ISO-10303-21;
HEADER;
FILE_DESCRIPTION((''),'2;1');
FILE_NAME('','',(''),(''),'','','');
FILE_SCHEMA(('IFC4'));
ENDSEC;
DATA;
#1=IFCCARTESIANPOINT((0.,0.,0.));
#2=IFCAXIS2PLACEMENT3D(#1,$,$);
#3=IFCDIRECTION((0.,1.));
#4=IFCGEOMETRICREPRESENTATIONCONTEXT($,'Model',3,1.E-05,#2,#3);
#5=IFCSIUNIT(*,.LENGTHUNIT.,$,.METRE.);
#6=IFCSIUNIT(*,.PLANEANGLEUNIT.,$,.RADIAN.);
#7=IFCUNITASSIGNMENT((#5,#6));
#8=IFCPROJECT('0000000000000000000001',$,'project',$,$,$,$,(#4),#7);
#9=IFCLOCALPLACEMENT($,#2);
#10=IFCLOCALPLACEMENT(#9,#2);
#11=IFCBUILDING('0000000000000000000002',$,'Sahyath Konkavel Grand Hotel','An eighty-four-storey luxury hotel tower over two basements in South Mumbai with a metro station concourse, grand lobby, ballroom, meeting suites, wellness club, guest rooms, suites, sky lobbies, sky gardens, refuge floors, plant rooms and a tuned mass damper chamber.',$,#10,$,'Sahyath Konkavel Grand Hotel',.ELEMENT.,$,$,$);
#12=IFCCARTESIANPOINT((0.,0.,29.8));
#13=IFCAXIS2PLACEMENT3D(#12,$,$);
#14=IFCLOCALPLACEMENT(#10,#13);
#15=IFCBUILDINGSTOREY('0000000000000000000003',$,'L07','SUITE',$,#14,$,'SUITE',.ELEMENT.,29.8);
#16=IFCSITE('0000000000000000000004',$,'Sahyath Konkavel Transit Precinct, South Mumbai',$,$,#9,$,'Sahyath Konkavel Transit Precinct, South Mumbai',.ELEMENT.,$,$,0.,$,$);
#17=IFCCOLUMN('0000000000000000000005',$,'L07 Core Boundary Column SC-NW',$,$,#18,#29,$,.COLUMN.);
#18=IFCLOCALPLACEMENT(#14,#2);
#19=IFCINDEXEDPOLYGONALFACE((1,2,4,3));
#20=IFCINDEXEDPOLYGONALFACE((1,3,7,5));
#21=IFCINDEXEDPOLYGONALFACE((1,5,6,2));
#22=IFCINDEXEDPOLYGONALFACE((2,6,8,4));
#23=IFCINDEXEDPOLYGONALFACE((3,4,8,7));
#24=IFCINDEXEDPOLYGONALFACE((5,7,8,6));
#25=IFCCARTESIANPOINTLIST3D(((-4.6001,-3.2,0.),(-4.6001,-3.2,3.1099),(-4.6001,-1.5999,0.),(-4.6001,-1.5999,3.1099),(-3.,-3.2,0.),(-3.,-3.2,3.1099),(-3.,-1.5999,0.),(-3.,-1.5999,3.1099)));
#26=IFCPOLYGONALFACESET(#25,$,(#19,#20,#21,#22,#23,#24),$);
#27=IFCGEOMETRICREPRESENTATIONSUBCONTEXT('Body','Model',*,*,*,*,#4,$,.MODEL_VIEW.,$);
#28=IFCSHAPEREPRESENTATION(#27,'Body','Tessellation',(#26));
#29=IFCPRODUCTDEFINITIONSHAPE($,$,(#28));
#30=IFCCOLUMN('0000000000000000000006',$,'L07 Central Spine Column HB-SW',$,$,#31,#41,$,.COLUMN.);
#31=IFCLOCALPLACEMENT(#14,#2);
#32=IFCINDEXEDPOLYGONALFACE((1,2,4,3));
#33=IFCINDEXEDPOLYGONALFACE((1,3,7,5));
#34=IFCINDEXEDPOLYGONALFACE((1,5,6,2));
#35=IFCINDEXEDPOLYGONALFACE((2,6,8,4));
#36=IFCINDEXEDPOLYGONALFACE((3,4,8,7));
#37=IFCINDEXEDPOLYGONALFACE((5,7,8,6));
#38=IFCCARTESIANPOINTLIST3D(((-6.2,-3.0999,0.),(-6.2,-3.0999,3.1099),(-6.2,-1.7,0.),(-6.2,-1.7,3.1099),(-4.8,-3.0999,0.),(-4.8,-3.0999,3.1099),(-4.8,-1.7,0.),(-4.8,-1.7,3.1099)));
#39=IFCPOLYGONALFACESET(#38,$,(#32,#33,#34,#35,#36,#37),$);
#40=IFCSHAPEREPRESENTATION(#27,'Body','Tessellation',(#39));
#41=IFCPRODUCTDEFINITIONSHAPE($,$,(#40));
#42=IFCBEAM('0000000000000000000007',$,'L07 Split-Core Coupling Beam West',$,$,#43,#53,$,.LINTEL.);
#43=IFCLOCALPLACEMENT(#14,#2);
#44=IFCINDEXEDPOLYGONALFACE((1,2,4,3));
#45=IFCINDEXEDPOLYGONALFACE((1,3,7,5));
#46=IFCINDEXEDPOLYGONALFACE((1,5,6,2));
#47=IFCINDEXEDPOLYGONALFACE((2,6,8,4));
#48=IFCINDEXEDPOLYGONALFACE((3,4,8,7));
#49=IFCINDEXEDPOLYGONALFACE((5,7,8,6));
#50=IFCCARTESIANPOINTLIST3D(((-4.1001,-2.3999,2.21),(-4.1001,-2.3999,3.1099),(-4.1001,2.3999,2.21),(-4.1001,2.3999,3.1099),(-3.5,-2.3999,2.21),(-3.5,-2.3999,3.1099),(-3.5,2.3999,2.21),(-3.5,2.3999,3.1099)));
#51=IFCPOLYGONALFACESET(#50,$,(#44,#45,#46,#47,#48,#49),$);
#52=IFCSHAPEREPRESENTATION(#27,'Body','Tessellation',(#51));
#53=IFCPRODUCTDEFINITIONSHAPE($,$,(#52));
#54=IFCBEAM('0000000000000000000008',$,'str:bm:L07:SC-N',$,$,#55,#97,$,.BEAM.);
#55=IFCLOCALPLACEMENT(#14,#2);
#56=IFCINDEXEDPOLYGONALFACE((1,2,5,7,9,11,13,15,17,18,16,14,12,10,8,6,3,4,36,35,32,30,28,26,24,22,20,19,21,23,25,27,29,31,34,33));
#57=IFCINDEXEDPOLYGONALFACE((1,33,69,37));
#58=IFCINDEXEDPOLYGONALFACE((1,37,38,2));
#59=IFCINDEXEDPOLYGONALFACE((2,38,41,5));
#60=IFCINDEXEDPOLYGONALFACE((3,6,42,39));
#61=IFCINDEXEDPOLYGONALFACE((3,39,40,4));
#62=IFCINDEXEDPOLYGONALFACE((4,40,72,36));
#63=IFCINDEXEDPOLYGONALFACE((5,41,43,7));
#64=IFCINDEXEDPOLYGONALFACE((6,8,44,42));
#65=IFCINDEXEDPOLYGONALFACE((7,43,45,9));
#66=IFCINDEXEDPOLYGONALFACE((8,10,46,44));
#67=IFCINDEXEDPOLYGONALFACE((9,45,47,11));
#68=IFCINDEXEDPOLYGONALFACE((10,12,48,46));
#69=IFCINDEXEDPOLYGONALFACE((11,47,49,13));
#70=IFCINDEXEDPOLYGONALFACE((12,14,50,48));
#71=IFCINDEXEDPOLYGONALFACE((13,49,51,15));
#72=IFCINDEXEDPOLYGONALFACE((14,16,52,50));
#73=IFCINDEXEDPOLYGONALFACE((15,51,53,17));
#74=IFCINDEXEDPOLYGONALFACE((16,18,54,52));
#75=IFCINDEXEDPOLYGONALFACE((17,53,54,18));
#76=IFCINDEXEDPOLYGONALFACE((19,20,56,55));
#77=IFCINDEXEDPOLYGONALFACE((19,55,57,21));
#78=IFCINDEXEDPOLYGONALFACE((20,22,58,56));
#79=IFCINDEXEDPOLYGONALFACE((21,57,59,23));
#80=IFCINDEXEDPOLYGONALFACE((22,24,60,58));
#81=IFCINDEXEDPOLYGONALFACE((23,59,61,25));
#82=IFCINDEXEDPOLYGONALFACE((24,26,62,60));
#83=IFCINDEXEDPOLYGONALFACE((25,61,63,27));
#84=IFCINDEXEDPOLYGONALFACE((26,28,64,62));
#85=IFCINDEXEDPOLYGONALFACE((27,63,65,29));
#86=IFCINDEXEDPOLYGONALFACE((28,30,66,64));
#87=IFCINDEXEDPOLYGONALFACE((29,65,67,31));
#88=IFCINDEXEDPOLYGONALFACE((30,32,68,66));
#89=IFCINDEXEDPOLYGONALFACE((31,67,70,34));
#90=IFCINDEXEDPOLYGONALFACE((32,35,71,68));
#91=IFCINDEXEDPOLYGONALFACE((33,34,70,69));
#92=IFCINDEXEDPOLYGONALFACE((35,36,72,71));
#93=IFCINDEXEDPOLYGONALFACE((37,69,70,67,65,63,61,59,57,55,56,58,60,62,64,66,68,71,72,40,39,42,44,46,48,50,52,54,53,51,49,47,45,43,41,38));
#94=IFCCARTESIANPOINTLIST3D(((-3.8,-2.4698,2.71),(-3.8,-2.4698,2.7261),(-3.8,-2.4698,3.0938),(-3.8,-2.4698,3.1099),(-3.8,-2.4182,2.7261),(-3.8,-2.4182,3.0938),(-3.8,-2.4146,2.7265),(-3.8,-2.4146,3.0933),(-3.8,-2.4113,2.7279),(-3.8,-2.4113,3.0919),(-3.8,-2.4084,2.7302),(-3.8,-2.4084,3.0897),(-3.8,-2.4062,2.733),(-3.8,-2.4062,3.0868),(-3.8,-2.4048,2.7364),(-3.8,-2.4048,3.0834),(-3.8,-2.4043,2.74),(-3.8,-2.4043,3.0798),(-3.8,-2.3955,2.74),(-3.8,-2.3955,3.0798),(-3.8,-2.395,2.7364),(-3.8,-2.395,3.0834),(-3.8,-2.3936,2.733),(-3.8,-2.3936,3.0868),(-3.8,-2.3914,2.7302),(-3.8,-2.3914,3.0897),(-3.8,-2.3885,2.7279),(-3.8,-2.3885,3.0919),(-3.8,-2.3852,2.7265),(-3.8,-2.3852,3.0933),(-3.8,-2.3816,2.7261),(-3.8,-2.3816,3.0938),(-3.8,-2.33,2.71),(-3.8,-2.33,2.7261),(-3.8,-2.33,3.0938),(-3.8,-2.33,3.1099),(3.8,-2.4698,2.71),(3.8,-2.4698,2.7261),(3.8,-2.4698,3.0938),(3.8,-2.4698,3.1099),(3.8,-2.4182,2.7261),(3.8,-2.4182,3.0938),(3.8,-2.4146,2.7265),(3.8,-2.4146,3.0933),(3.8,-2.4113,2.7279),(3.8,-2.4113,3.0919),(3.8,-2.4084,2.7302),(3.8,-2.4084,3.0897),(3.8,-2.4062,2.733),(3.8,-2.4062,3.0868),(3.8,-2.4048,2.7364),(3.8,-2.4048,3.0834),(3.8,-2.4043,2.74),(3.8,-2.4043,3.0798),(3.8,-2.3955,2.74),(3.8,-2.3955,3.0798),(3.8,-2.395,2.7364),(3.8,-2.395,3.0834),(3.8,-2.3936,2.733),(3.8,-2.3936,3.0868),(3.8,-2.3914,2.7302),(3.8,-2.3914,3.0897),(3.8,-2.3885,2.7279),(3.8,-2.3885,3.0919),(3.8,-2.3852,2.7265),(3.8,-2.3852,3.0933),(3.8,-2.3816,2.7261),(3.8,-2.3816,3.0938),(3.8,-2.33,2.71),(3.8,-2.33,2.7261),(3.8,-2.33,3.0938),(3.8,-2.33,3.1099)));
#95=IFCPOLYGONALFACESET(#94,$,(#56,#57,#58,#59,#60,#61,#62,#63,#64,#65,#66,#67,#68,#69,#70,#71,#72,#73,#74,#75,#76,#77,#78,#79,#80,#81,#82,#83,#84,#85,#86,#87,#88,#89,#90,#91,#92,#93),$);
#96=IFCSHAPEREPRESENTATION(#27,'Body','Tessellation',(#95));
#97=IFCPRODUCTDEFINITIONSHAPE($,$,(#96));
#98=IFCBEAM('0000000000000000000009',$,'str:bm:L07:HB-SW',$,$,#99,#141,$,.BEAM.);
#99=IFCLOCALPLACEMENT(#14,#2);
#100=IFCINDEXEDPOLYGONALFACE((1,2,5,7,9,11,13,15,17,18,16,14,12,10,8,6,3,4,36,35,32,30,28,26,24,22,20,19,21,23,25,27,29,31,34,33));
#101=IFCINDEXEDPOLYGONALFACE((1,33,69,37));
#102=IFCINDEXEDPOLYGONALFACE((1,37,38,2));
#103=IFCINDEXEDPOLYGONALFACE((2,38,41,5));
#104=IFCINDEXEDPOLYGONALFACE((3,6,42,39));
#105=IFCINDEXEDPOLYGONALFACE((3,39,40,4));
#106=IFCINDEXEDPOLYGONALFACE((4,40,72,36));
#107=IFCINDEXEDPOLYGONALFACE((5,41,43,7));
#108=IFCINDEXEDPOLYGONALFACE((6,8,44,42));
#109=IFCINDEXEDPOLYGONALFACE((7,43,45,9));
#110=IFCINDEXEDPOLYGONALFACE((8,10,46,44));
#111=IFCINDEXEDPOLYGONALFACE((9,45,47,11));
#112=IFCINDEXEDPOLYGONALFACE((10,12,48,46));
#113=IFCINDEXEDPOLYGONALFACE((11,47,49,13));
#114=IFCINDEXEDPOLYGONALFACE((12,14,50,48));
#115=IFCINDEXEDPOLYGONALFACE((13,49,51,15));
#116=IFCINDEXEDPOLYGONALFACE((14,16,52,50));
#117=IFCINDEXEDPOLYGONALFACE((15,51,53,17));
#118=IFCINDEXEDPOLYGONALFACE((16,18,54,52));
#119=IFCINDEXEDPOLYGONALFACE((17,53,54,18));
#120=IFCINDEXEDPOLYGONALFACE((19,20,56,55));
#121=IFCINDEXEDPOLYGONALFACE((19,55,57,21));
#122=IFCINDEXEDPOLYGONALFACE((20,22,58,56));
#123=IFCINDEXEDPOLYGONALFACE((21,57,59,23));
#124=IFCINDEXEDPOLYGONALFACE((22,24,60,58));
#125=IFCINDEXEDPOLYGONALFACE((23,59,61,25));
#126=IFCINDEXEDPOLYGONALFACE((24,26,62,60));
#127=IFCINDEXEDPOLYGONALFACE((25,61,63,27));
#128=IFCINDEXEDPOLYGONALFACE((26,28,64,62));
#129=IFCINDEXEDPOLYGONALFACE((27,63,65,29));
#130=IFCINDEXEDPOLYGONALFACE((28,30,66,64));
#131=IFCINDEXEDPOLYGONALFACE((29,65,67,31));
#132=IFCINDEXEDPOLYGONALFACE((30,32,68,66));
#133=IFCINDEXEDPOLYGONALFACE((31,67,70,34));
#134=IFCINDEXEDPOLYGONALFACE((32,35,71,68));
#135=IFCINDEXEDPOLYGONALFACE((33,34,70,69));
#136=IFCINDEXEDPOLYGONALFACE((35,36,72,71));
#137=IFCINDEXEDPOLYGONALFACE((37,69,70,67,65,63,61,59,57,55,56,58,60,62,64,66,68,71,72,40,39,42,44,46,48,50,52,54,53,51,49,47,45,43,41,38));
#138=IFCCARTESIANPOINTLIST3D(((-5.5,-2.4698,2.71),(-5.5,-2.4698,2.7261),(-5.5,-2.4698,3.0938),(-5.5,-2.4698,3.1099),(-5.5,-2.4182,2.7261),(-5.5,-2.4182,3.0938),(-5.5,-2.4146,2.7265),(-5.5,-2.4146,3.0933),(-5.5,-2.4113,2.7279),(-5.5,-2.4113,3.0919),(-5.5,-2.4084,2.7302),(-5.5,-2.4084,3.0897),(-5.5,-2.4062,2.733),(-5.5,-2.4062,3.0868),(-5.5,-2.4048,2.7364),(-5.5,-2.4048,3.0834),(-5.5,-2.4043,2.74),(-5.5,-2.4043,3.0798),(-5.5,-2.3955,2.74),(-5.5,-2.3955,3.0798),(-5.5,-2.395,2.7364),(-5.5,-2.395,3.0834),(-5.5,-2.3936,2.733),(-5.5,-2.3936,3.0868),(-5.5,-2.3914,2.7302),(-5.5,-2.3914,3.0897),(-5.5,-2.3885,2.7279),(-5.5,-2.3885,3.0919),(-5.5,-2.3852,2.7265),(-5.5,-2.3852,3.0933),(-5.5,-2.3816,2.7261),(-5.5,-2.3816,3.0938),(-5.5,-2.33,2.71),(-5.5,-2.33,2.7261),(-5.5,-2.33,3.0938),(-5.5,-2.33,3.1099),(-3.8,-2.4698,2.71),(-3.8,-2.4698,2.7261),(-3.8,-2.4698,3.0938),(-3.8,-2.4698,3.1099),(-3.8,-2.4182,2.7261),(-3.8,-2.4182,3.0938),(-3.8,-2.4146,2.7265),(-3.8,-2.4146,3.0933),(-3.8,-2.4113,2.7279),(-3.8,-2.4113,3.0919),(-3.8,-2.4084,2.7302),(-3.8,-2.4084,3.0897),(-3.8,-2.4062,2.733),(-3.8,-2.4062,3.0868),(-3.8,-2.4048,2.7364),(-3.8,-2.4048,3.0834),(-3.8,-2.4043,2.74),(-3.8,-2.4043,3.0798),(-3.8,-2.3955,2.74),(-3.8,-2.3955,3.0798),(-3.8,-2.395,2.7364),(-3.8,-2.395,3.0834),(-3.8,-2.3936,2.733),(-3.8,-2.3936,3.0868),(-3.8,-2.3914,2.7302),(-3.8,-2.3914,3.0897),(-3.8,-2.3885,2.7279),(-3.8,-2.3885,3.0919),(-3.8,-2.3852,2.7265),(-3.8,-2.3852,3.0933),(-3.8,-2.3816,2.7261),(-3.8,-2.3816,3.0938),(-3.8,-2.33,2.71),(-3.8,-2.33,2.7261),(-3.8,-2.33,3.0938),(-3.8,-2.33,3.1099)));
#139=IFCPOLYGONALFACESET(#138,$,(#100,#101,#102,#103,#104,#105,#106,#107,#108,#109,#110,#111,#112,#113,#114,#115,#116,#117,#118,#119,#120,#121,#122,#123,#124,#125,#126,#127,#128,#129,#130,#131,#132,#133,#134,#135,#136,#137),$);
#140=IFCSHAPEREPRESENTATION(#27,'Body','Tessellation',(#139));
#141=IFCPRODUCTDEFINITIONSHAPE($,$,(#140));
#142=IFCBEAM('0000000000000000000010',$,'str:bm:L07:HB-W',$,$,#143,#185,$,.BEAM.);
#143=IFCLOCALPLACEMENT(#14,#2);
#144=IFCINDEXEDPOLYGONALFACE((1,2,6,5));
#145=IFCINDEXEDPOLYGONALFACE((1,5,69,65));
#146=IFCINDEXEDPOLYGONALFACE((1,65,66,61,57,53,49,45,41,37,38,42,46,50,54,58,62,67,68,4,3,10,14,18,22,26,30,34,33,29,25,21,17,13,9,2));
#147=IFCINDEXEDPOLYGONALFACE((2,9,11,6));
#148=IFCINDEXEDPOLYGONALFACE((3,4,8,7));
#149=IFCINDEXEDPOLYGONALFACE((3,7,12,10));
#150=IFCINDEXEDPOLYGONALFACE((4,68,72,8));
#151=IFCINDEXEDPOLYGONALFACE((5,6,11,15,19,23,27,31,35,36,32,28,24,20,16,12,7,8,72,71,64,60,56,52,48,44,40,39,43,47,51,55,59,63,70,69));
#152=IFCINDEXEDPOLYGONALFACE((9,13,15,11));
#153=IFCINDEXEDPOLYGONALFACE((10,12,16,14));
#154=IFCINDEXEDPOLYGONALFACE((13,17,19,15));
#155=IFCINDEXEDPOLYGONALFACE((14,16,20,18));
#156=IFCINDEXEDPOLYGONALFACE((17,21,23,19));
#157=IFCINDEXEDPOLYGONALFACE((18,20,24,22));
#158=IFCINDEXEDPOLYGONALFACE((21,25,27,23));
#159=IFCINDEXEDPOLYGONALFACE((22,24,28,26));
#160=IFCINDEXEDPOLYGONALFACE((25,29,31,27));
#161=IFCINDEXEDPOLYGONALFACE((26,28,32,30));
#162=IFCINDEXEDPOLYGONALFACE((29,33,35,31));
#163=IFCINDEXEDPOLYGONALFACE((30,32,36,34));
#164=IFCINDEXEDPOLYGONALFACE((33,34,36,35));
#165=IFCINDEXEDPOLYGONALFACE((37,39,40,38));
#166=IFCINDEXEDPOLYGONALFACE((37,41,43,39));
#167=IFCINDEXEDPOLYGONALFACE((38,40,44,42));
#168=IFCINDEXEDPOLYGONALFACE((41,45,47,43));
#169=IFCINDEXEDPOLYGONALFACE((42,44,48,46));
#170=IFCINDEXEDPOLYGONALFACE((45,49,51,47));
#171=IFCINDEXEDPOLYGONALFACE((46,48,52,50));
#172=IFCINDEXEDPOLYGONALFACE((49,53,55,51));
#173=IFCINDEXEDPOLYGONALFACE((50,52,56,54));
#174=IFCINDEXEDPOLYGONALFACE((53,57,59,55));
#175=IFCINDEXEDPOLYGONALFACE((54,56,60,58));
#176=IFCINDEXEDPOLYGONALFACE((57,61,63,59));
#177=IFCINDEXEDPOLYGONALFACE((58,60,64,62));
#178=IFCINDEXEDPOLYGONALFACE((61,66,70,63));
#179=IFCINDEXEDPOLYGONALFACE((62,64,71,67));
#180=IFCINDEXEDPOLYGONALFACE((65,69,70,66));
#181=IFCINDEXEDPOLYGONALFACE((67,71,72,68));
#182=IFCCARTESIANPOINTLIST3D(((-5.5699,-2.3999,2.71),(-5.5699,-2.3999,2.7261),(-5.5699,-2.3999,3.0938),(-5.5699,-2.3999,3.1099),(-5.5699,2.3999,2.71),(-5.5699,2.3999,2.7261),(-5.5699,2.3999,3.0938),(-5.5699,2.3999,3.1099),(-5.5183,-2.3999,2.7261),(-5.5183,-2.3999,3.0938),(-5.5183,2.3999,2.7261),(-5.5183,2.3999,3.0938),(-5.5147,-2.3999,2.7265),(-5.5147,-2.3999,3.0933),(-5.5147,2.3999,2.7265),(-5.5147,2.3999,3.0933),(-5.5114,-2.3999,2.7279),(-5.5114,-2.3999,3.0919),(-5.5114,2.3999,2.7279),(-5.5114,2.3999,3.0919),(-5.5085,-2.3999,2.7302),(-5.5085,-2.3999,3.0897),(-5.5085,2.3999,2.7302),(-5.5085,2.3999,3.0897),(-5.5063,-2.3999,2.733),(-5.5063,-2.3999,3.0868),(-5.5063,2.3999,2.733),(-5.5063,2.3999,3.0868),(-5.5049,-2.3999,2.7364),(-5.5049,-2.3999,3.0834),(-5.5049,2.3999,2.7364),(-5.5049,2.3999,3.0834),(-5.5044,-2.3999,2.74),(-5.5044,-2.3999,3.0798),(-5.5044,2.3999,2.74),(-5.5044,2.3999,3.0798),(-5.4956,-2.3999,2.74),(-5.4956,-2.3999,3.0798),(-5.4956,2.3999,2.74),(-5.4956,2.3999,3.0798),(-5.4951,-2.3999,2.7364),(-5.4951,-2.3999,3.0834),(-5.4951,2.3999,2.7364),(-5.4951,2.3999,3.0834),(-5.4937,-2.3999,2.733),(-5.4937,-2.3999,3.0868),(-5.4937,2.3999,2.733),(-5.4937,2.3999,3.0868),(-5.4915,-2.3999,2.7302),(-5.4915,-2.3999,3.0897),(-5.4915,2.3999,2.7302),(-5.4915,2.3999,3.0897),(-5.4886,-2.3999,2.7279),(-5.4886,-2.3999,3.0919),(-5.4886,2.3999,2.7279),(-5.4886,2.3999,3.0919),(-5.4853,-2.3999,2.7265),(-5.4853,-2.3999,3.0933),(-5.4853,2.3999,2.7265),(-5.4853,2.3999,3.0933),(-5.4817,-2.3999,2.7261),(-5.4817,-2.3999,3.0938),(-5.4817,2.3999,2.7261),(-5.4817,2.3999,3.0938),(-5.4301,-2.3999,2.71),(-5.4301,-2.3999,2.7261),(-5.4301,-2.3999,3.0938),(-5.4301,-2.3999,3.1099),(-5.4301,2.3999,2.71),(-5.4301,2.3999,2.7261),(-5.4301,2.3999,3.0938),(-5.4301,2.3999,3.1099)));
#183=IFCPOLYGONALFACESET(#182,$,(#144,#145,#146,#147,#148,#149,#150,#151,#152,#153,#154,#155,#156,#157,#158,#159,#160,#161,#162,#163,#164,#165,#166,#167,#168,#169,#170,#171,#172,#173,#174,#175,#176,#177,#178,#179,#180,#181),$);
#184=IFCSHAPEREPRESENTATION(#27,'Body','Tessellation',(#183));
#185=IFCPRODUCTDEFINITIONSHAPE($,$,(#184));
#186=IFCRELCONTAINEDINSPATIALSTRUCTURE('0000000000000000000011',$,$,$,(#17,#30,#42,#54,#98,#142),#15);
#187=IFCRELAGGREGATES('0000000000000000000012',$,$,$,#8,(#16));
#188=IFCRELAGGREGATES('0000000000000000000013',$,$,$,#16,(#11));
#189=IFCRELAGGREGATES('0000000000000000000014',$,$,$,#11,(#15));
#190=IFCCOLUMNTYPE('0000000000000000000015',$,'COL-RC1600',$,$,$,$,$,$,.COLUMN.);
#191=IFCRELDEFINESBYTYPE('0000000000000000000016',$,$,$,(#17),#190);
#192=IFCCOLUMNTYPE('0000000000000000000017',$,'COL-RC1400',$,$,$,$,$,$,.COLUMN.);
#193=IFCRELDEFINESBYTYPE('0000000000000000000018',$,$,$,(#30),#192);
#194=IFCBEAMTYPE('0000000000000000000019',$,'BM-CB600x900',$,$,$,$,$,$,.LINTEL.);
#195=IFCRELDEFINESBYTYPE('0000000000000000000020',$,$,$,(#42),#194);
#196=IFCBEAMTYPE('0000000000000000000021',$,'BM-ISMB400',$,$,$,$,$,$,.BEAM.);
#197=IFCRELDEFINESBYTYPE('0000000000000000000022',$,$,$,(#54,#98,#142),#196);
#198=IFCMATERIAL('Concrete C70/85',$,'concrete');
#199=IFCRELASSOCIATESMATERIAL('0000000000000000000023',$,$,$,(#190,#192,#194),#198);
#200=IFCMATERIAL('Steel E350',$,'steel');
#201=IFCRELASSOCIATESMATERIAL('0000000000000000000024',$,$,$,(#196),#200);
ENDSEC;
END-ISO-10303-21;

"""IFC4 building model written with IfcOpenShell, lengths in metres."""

from ifc_helpers import new_model, si_unit, direction, frame, origin, origin_2d, place, context, subcontext, project, spatial, rectangle, i_section, extrude, source, transform, mapped, material, material_profile, profile_set, type_object, element, save


model = new_model("IFC4")

# Units and contexts
model_context = context("Model", 3, precision=1e-05, world=origin(), true_north=direction((0.0, 1.0)))
body_context = subcontext(model_context, "Body", "Model", "MODEL_VIEW")
ifc_project = project(units=[si_unit("LENGTHUNIT", "METRE"), si_unit("PLANEANGLEUNIT", "RADIAN")], contexts=[model_context])

# Site, building, storey
site_placement = place(None, origin())
site = spatial("IfcSite", under=ifc_project, at=site_placement, Name="Sahyath Konkavel Transit Precinct, South Mumbai", LongName="Sahyath Konkavel Transit Precinct, South Mumbai", CompositionType="ELEMENT", RefElevation=0.0)
building_placement = place(site_placement, origin())
building = spatial("IfcBuilding", under=site, at=building_placement, Name="Sahyath Konkavel Grand Hotel", Description="An eighty-four-storey luxury hotel tower over two basements in South Mumbai with a metro station concourse, grand lobby, ballroom, meeting suites, wellness club, guest rooms, suites, sky lobbies, sky gardens, refuge floors, plant rooms and a tuned mass damper chamber.", LongName="Sahyath Konkavel Grand Hotel", CompositionType="ELEMENT")
storey_placement = place(building_placement, frame((0.0, 0.0, 29.8)))
storey = spatial("IfcBuildingStorey", under=building, at=storey_placement, Name="L07", Description="SUITE", LongName="SUITE", CompositionType="ELEMENT", Elevation=29.8)

# Columns
ifc_material_1 = material(Name="Concrete C70/85", Category="concrete")
ifc_material_profile_1 = material_profile(ifc_material_1, rectangle(XDim=1.6001, YDim=1.6001, at=origin_2d()), Name="RC 1600x1600")
ifc_profile_set_1 = profile_set([ifc_material_profile_1], Name="Concrete C70/85")
column_type_1 = type_object("IfcColumnType", Name="COL-RC1600", PredefinedType="COLUMN", material=ifc_profile_set_1)
shared_shape_1 = source(origin(), body_context, "Body", "SweptSolid", [
    extrude(rectangle(XDim=1.6001, YDim=1.6001, at=origin_2d()), origin(), (0.0, 0.0, 1.0), 3.1099),
])
column_1_placement = place(storey_placement, frame((-3.8, -2.3999, 0.0), z_axis=(0.0, 0.0, 1.0), x_axis=(1.0, 0.0, 0.0)))
element("IfcColumn", 1, at=column_1_placement, inside=storey, type_object=column_type_1, Name="L07 Core Boundary Column SC-NW", PredefinedType="COLUMN", context=body_context, shape_type="MappedRepresentation", body=[
    mapped(shared_shape_1, transform((0.0, 0.0, 0.0), scale=1.0)),
])
ifc_material_profile_2 = material_profile(ifc_material_1, rectangle(XDim=1.3999, YDim=1.3999, at=origin_2d()), Name="RC 1400x1400")
ifc_profile_set_2 = profile_set([ifc_material_profile_2], Name="Concrete C70/85")
column_type_2 = type_object("IfcColumnType", Name="COL-RC1400", PredefinedType="COLUMN", material=ifc_profile_set_2)
shared_shape_2 = source(origin(), body_context, "Body", "SweptSolid", [
    extrude(rectangle(XDim=1.3999, YDim=1.3999, at=origin_2d()), origin(), (0.0, 0.0, 1.0), 3.1099),
])
column_2_placement = place(storey_placement, frame((-5.5, -2.3999, 0.0), z_axis=(0.0, 0.0, 1.0), x_axis=(1.0, 0.0, 0.0)))
element("IfcColumn", 2, at=column_2_placement, inside=storey, type_object=column_type_2, Name="L07 Central Spine Column HB-SW", PredefinedType="COLUMN", context=body_context, shape_type="MappedRepresentation", body=[
    mapped(shared_shape_2, transform((0.0, 0.0, 0.0), scale=1.0)),
])

# Beams
ifc_material_profile_3 = material_profile(ifc_material_1, rectangle(XDim=0.6001, YDim=0.8999, at=origin_2d()), Name="RC 600x900")
ifc_profile_set_3 = profile_set([ifc_material_profile_3], Name="Concrete C70/85")
beam_type_1 = type_object("IfcBeamType", Name="BM-CB600x900", PredefinedType="LINTEL", material=ifc_profile_set_3)
shared_shape_3 = source(origin(), body_context, "Body", "SweptSolid", [
    extrude(rectangle(XDim=0.6001, YDim=0.8999, at=origin_2d()), origin(), (0.0, 0.0, 1.0), 4.7998),
])
beam_1_placement = place(storey_placement, frame((-3.8, -2.3999, 2.6599), z_axis=(0.0, 1.0, 0.0), x_axis=(-1.0, 0.0, 0.0)))
element("IfcBeam", 3, at=beam_1_placement, inside=storey, type_object=beam_type_1, Name="L07 Split-Core Coupling Beam West", PredefinedType="LINTEL", context=body_context, shape_type="MappedRepresentation", body=[
    mapped(shared_shape_3, transform((0.0, 0.0, 0.0), scale=1.0)),
])
ifc_material_2 = material(Name="Steel E350", Category="steel")
ifc_material_profile_4 = material_profile(ifc_material_2, i_section(OverallWidth=0.1399, OverallDepth=0.3999, WebThickness=0.0088, FlangeThickness=0.0161, FilletRadius=0.0139, at=origin_2d()), Name="ISMB 400")
ifc_profile_set_4 = profile_set([ifc_material_profile_4], Name="Steel E350")
beam_type_2 = type_object("IfcBeamType", Name="BM-ISMB400", PredefinedType="BEAM", material=ifc_profile_set_4)
shared_shape_4 = source(origin(), body_context, "Body", "SweptSolid", [
    extrude(i_section(OverallWidth=0.1399, OverallDepth=0.3999, WebThickness=0.0088, FlangeThickness=0.0161, FilletRadius=0.0139, at=origin_2d()), origin(), (0.0, 0.0, 1.0), 7.6001),
])
beam_2_placement = place(storey_placement, frame((-3.8, -2.3999, 2.9099), z_axis=(1.0, 0.0, 0.0), x_axis=(0.0, 1.0, 0.0)))
element("IfcBeam", 4, at=beam_2_placement, inside=storey, type_object=beam_type_2, Name="str:bm:L07:SC-N", PredefinedType="BEAM", context=body_context, shape_type="MappedRepresentation", body=[
    mapped(shared_shape_4, transform((0.0, 0.0, 0.0), scale=1.0)),
])
shared_shape_5 = source(origin(), body_context, "Body", "SweptSolid", [
    extrude(i_section(OverallWidth=0.1399, OverallDepth=0.3999, WebThickness=0.0088, FlangeThickness=0.0161, FilletRadius=0.0139, at=origin_2d()), origin(), (0.0, 0.0, 1.0), 1.7),
])
beam_3_placement = place(storey_placement, frame((-5.5, -2.3999, 2.9099), z_axis=(1.0, 0.0, 0.0), x_axis=(0.0, 1.0, 0.0)))
element("IfcBeam", 5, at=beam_3_placement, inside=storey, type_object=beam_type_2, Name="str:bm:L07:HB-SW", PredefinedType="BEAM", context=body_context, shape_type="MappedRepresentation", body=[
    mapped(shared_shape_5, transform((0.0, 0.0, 0.0), scale=1.0)),
])
shared_shape_6 = source(origin(), body_context, "Body", "SweptSolid", [
    extrude(i_section(OverallWidth=0.1399, OverallDepth=0.3999, WebThickness=0.0088, FlangeThickness=0.0161, FilletRadius=0.0139, at=origin_2d()), origin(), (0.0, 0.0, 1.0), 4.7998),
])
beam_4_placement = place(storey_placement, frame((-5.5, -2.3999, 2.9099), z_axis=(0.0, 1.0, 0.0), x_axis=(-1.0, 0.0, 0.0)))
element("IfcBeam", 6, at=beam_4_placement, inside=storey, type_object=beam_type_2, Name="str:bm:L07:HB-W", PredefinedType="BEAM", context=body_context, shape_type="MappedRepresentation", body=[
    mapped(shared_shape_6, transform((0.0, 0.0, 0.0), scale=1.0)),
])

save(model, "model.ifc")
